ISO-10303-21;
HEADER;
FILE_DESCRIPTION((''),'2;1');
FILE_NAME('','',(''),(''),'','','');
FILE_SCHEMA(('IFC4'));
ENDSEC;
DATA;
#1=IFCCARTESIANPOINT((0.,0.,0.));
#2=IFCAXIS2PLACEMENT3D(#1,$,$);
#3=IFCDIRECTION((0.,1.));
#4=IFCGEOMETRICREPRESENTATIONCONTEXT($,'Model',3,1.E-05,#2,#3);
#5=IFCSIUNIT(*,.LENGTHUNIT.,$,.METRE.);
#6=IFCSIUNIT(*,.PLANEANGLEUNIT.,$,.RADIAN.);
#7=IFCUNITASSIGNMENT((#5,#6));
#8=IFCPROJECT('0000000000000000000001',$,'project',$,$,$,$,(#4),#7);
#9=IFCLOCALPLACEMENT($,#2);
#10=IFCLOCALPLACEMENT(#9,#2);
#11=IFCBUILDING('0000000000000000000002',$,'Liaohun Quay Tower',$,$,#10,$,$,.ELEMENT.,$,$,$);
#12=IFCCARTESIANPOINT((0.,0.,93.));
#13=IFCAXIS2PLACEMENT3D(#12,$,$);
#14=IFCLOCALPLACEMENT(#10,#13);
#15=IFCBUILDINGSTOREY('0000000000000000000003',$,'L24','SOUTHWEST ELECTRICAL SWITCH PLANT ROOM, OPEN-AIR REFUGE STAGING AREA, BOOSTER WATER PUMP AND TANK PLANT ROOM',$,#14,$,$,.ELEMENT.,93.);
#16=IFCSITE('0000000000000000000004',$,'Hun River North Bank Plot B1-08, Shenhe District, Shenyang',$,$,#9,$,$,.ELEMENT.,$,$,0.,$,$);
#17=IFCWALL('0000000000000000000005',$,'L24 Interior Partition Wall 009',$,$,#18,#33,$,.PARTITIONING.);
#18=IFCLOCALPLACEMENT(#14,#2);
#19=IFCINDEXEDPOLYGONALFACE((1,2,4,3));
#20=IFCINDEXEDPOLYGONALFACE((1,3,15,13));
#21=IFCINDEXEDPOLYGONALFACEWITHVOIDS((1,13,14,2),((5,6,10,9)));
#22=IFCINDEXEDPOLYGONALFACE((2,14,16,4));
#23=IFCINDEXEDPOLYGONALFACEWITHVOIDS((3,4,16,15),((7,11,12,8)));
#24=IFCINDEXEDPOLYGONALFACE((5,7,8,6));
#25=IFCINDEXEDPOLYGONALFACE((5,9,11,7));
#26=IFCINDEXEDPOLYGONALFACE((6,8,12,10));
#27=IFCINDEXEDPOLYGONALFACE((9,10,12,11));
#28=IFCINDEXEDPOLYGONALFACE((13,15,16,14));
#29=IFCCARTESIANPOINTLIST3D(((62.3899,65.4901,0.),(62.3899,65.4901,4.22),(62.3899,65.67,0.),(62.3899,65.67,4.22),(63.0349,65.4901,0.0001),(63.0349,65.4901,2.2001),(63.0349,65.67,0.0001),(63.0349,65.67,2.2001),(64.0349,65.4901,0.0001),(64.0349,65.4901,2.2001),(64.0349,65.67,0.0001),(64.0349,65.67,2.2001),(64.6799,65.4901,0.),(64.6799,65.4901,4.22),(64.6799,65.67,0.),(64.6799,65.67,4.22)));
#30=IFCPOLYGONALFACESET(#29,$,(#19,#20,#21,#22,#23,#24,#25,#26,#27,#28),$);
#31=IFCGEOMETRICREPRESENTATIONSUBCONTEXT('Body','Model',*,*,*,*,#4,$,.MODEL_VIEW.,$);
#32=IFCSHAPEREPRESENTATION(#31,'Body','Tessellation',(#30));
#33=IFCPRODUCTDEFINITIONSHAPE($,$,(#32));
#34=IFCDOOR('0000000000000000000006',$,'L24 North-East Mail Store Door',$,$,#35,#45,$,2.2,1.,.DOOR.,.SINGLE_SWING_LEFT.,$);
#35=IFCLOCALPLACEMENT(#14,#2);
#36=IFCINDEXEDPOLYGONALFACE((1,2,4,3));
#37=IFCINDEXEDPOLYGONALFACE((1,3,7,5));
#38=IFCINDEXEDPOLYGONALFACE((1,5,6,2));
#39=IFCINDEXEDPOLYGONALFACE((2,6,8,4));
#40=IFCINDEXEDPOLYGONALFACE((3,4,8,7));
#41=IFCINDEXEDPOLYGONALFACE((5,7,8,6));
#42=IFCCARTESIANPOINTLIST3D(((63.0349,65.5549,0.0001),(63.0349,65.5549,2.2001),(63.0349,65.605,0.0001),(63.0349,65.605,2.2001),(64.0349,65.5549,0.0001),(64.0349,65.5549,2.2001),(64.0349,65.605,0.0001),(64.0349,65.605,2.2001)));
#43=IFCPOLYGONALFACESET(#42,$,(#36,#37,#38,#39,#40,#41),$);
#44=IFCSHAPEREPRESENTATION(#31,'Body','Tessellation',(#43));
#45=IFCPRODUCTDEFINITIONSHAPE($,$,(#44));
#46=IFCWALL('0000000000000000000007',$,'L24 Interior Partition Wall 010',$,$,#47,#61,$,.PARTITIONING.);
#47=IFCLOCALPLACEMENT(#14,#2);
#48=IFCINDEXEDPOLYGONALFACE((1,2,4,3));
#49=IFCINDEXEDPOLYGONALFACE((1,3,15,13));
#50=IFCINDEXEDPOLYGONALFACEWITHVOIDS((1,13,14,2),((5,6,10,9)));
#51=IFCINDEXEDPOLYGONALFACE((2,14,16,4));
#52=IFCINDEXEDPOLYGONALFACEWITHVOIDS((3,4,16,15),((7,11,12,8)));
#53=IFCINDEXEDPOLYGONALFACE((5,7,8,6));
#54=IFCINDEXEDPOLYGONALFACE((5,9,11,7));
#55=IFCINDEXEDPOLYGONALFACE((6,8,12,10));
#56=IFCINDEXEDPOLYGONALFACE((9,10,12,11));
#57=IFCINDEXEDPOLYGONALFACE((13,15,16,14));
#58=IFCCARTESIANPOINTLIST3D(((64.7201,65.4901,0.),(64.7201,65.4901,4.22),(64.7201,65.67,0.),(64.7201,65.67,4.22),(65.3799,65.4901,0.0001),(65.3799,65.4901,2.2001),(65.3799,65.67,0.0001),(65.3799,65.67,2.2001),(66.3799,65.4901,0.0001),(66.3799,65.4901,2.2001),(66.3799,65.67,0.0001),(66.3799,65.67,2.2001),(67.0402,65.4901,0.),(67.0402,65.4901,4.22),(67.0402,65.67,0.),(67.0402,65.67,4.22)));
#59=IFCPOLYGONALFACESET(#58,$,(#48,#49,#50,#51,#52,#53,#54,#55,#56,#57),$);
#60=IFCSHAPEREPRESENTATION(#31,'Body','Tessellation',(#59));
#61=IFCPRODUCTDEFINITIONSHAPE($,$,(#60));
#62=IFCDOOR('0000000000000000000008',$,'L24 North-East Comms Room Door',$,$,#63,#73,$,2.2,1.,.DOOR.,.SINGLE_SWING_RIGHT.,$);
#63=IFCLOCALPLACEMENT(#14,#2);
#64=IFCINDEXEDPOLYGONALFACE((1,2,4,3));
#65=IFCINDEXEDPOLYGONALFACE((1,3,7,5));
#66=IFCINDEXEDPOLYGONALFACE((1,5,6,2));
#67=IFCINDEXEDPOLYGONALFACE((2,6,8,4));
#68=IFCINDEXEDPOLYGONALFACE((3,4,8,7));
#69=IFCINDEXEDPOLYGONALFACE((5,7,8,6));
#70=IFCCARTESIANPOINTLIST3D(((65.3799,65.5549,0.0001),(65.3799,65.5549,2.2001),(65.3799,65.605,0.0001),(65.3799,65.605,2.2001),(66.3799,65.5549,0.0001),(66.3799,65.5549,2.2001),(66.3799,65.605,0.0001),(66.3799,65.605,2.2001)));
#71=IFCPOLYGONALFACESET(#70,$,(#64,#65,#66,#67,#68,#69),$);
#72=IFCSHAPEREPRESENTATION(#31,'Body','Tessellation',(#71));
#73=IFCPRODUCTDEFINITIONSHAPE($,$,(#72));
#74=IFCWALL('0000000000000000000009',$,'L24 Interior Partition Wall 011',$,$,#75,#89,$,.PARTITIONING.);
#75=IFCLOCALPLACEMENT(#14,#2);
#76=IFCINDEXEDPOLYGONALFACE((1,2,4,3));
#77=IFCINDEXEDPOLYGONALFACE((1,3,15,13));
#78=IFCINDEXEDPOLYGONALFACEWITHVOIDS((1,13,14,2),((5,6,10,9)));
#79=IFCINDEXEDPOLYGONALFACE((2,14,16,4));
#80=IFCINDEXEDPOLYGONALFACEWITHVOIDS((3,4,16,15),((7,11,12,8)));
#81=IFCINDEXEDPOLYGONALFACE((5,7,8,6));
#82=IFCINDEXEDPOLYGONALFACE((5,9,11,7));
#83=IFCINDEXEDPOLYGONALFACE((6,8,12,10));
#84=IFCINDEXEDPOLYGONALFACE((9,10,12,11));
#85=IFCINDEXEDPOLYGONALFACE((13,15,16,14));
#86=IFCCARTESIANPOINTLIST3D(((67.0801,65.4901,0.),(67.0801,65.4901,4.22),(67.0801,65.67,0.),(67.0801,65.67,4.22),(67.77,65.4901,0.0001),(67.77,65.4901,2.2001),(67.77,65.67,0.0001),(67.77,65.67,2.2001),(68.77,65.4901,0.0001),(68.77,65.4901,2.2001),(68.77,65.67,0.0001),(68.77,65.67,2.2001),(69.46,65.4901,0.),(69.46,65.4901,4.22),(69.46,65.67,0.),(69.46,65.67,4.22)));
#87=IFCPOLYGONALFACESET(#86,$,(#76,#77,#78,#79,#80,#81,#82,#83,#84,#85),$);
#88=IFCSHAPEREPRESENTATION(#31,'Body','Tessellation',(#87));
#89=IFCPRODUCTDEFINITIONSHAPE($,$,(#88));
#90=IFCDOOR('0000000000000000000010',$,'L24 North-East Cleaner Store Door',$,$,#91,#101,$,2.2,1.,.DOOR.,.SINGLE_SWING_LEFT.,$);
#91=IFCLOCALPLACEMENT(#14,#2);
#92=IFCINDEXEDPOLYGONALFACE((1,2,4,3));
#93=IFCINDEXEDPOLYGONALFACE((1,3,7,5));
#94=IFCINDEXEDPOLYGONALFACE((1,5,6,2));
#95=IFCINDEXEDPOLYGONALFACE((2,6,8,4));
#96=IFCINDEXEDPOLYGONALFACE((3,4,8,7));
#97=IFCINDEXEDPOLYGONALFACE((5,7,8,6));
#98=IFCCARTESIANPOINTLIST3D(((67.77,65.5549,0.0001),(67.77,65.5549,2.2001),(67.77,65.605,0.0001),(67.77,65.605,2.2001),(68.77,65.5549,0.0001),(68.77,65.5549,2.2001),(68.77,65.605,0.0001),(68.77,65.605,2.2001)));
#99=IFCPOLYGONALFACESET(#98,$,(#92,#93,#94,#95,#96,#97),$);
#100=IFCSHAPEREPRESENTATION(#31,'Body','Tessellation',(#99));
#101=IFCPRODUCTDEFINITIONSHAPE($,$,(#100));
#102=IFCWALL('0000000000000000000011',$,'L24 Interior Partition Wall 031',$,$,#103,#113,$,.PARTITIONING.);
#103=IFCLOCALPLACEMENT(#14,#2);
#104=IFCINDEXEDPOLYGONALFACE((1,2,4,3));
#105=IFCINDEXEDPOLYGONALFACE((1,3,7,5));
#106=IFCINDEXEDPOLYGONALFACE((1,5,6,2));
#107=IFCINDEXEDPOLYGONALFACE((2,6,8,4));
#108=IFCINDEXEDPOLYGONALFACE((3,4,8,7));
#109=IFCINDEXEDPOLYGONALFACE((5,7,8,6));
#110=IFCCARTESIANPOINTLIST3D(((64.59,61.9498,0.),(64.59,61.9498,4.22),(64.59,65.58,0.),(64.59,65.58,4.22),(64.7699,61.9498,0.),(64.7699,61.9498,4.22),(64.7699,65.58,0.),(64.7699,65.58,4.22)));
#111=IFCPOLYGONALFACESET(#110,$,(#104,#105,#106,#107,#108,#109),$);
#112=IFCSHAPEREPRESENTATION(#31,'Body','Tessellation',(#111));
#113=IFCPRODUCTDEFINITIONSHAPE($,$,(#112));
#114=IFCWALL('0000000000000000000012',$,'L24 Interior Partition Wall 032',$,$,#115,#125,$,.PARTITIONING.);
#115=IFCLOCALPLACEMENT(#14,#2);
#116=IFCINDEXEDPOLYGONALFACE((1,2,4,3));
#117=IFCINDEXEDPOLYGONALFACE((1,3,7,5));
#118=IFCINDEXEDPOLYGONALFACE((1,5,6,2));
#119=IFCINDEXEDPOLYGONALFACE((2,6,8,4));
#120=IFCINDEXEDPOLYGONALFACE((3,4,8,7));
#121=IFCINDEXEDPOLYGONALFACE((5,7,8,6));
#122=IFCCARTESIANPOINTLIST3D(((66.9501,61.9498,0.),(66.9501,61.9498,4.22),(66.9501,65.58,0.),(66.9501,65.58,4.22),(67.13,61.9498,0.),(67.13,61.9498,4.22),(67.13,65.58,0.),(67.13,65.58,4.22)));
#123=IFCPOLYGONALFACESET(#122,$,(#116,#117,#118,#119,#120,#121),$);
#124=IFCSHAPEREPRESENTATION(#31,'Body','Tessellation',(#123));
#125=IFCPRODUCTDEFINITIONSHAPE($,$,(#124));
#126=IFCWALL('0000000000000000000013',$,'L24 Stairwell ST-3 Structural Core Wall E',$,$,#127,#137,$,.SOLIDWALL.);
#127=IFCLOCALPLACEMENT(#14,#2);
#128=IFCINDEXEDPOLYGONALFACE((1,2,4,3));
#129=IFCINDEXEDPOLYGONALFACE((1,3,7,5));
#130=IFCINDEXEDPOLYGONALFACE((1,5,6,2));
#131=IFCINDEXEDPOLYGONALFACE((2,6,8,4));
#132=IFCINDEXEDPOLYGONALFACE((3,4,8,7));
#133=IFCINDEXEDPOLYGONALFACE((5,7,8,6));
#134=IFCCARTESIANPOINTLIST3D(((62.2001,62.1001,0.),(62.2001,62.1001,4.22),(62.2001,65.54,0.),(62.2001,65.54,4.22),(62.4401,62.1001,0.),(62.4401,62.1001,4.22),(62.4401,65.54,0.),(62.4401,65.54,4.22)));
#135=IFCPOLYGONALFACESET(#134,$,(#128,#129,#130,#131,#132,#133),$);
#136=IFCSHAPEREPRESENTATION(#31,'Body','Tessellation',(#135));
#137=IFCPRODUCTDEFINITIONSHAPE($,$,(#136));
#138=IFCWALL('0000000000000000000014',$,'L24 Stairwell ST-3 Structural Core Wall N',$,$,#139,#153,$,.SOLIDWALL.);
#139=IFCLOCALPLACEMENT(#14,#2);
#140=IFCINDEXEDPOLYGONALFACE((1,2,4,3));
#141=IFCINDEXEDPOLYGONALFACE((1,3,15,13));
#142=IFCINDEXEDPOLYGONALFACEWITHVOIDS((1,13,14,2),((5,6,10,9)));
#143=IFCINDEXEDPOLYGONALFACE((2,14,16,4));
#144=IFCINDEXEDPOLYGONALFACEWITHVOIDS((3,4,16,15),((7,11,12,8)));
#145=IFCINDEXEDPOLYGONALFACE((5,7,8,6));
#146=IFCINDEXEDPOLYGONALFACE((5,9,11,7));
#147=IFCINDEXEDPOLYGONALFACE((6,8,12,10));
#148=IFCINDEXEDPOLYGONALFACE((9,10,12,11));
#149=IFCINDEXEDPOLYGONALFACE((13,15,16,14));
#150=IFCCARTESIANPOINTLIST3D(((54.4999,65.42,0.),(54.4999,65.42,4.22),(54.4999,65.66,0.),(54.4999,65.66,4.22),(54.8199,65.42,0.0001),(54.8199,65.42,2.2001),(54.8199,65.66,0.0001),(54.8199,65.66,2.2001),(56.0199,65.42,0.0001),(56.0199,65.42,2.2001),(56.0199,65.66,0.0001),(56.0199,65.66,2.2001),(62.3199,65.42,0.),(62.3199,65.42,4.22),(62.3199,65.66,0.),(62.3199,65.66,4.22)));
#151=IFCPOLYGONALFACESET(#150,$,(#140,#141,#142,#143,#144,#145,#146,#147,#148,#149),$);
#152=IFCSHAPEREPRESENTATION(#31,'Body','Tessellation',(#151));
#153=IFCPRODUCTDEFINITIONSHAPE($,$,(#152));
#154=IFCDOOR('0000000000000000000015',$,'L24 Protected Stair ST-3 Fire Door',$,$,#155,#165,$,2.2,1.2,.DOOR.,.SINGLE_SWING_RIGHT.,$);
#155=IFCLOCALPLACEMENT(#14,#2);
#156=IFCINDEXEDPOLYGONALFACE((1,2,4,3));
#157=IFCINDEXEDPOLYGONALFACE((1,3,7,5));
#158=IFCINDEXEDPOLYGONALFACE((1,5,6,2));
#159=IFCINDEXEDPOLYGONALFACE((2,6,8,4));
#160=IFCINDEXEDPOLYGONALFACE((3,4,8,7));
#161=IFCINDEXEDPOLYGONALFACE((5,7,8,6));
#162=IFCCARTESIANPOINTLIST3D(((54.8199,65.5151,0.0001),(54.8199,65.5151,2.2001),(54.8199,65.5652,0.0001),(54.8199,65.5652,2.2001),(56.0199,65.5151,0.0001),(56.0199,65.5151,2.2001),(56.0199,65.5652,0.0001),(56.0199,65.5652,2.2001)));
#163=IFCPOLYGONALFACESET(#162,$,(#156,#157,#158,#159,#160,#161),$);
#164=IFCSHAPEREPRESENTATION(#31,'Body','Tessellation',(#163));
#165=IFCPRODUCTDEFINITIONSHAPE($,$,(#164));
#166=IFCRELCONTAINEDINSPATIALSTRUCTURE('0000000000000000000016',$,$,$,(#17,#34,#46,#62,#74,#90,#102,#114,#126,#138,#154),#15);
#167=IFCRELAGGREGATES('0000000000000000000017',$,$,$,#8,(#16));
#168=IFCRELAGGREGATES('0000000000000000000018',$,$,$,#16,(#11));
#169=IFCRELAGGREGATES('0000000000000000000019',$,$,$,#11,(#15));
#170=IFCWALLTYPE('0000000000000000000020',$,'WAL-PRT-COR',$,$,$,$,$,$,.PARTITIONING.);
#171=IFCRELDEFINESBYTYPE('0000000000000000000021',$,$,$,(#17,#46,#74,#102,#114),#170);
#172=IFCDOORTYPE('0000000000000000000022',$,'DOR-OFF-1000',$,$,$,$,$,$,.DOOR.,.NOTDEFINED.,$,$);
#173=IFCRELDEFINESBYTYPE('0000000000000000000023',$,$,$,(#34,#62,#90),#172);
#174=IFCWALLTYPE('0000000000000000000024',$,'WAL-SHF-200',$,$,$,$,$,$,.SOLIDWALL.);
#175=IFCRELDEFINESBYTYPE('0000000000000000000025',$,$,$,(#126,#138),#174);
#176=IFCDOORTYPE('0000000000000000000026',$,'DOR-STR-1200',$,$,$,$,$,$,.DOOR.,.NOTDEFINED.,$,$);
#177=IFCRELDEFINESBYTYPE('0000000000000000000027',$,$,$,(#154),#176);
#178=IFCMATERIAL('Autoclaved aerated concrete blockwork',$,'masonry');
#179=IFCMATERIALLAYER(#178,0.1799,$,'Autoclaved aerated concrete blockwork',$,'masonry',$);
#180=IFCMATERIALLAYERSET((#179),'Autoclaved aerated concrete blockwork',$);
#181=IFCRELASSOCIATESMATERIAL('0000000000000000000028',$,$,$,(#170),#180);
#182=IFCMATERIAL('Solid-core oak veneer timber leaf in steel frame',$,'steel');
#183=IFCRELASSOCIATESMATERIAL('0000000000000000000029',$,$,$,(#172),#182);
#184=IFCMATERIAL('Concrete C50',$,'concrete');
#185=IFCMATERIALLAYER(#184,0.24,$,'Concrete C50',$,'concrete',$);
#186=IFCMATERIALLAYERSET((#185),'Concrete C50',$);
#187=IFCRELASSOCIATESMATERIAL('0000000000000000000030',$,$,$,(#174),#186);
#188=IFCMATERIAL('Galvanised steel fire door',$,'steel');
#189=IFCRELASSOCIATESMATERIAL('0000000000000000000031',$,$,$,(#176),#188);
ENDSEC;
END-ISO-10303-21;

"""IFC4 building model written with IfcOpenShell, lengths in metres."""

from ifc_helpers import new_model, si_unit, direction, frame, frame_2d, origin, place, context, subcontext, project, spatial, rectangle, extrude, source, transform, mapped, material, layer, layer_set, type_object, element, fill, save


model = new_model("IFC4")

# Units and contexts
model_context = context("Model", 3, precision=1e-05, world=origin(), true_north=direction((0.0, 1.0)))
body_context = subcontext(model_context, "Body", "Model", "MODEL_VIEW")
ifc_project = project(units=[si_unit("LENGTHUNIT", "METRE"), si_unit("PLANEANGLEUNIT", "RADIAN")], contexts=[model_context])

# Site, building, storey
site_placement = place(None, origin())
site = spatial("IfcSite", under=ifc_project, at=site_placement, Name="Hun River North Bank Plot B1-08, Shenhe District, Shenyang", CompositionType="ELEMENT", RefElevation=0.0)
building_placement = place(site_placement, origin())
building = spatial("IfcBuilding", under=site, at=building_placement, Name="Liaohun Quay Tower", CompositionType="ELEMENT")
storey_placement = place(building_placement, frame((0.0, 0.0, 93.0)))
storey = spatial("IfcBuildingStorey", under=building, at=storey_placement, Name="L24", Description="SOUTHWEST ELECTRICAL SWITCH PLANT ROOM, OPEN-AIR REFUGE STAGING AREA, BOOSTER WATER PUMP AND TANK PLANT ROOM", CompositionType="ELEMENT", Elevation=93.0)

# Walls, openings, doors
ifc_material_1 = material(Name="Autoclaved aerated concrete blockwork", Category="masonry")
ifc_layer_1 = layer(ifc_material_1, 0.1799, Name="Autoclaved aerated concrete blockwork", Category="masonry")
ifc_layer_set_1 = layer_set([ifc_layer_1], Name="Autoclaved aerated concrete blockwork")
wall_type_1 = type_object("IfcWallType", Name="WAL-PRT-COR", PredefinedType="PARTITIONING", material=ifc_layer_set_1)
wall_1_placement = place(storey_placement, frame((62.3899, 65.5801, 0.0), z_axis=(0.0, 0.0, 1.0), x_axis=(1.0, 0.0, 0.0)))
wall_1 = element("IfcWall", 1, at=wall_1_placement, inside=storey, type_object=wall_type_1, Name="L24 Interior Partition Wall 009", PredefinedType="PARTITIONING", context=body_context, shape_type="SweptSolid", body=[
    extrude(rectangle(XDim=2.29, YDim=0.1799, at=frame_2d((1.145, 0.0))), origin(), (0.0, 0.0, 1.0), 4.22),
])
shared_shape_1 = source(origin(), body_context, "Body", "SweptSolid", [
    extrude(rectangle(XDim=1.0, YDim=2.2, at=frame_2d((0.5, 1.1001))), frame((0.0, 0.0999, 0.0), z_axis=(0.0, -1.0, 0.0), x_axis=(1.0, 0.0, 0.0)), (0.0, 0.0, 1.0), 0.2),
])
opening_1_placement = place(wall_1_placement, frame((0.645, 0.0, 0.0)))
opening_1 = element("IfcOpeningElement", 2, at=opening_1_placement, cuts=wall_1, PredefinedType="OPENING", context=body_context, shape_type="MappedRepresentation", body=[
    mapped(shared_shape_1, transform((0.0, 0.0, 0.0), x_axis=(1.0, 0.0, 0.0), y_axis=(0.0, 1.0, 0.0), z_axis=(0.0, 0.0, 1.0), scale=1.0)),
])
ifc_material_2 = material(Name="Solid-core oak veneer timber leaf in steel frame", Category="steel")
door_type_1 = type_object("IfcDoorType", Name="DOR-OFF-1000", OperationType="NOTDEFINED", PredefinedType="DOOR", material=ifc_material_2)
shared_shape_2 = source(origin(), body_context, "Body", "SweptSolid", [
    extrude(rectangle(XDim=1.0, YDim=2.2, at=frame_2d((0.5, 1.1001))), frame((0.0, 0.0249, 0.0), z_axis=(0.0, -1.0, 0.0), x_axis=(1.0, 0.0, 0.0)), (0.0, 0.0, 1.0), 0.05),
])
door_1_placement = place(opening_1_placement, origin())
door_1 = element("IfcDoor", 3, at=door_1_placement, inside=storey, type_object=door_type_1, Name="L24 North-East Mail Store Door", OperationType="SINGLE_SWING_LEFT", OverallHeight=2.2, OverallWidth=1.0, PredefinedType="DOOR", context=body_context, shape_type="MappedRepresentation", body=[
    mapped(shared_shape_2, transform((0.0, 0.0, 0.0), x_axis=(1.0, 0.0, 0.0), y_axis=(0.0, 1.0, 0.0), z_axis=(0.0, 0.0, 1.0), scale=1.0)),
])
fill(opening_1, door_1)
wall_2_placement = place(storey_placement, frame((64.72, 65.5801, 0.0), z_axis=(0.0, 0.0, 1.0), x_axis=(1.0, 0.0, 0.0)))
wall_2 = element("IfcWall", 4, at=wall_2_placement, inside=storey, type_object=wall_type_1, Name="L24 Interior Partition Wall 010", PredefinedType="PARTITIONING", context=body_context, shape_type="SweptSolid", body=[
    extrude(rectangle(XDim=2.3201, YDim=0.1799, at=frame_2d((1.1602, 0.0))), origin(), (0.0, 0.0, 1.0), 4.22),
])
opening_2_placement = place(wall_2_placement, frame((0.6599, 0.0, 0.0)))
opening_2 = element("IfcOpeningElement", 5, at=opening_2_placement, cuts=wall_2, PredefinedType="OPENING", context=body_context, shape_type="MappedRepresentation", body=[
    mapped(shared_shape_1, transform((0.0, 0.0, 0.0), x_axis=(1.0, 0.0, 0.0), y_axis=(0.0, 1.0, 0.0), z_axis=(0.0, 0.0, 1.0), scale=1.0)),
])
door_2_placement = place(opening_2_placement, origin())
door_2 = element("IfcDoor", 6, at=door_2_placement, inside=storey, type_object=door_type_1, Name="L24 North-East Comms Room Door", OperationType="SINGLE_SWING_RIGHT", OverallHeight=2.2, OverallWidth=1.0, PredefinedType="DOOR", context=body_context, shape_type="MappedRepresentation", body=[
    mapped(shared_shape_2, transform((0.0, 0.0, 0.0), x_axis=(1.0, 0.0, 0.0), y_axis=(0.0, 1.0, 0.0), z_axis=(0.0, 0.0, 1.0), scale=1.0)),
])
fill(opening_2, door_2)
wall_3_placement = place(storey_placement, frame((67.0801, 65.5801, 0.0), z_axis=(0.0, 0.0, 1.0), x_axis=(1.0, 0.0, 0.0)))
wall_3 = element("IfcWall", 7, at=wall_3_placement, inside=storey, type_object=wall_type_1, Name="L24 Interior Partition Wall 011", PredefinedType="PARTITIONING", context=body_context, shape_type="SweptSolid", body=[
    extrude(rectangle(XDim=2.3799, YDim=0.1799, at=frame_2d((1.1899, 0.0))), origin(), (0.0, 0.0, 1.0), 4.22),
])
opening_3_placement = place(wall_3_placement, frame((0.6899, 0.0, 0.0)))
opening_3 = element("IfcOpeningElement", 8, at=opening_3_placement, cuts=wall_3, PredefinedType="OPENING", context=body_context, shape_type="MappedRepresentation", body=[
    mapped(shared_shape_1, transform((0.0, 0.0, 0.0), x_axis=(1.0, 0.0, 0.0), y_axis=(0.0, 1.0, 0.0), z_axis=(0.0, 0.0, 1.0), scale=1.0)),
])
door_3_placement = place(opening_3_placement, origin())
door_3 = element("IfcDoor", 9, at=door_3_placement, inside=storey, type_object=door_type_1, Name="L24 North-East Cleaner Store Door", OperationType="SINGLE_SWING_LEFT", OverallHeight=2.2, OverallWidth=1.0, PredefinedType="DOOR", context=body_context, shape_type="MappedRepresentation", body=[
    mapped(shared_shape_2, transform((0.0, 0.0, 0.0), x_axis=(1.0, 0.0, 0.0), y_axis=(0.0, 1.0, 0.0), z_axis=(0.0, 0.0, 1.0), scale=1.0)),
])
fill(opening_3, door_3)

# Walls
for number, where, z_axis, x_axis, name in (
    (10, (64.6799, 61.95, 0.0), (0.0, 0.0, 1.0), (0.0, 1.0, 0.0), "L24 Interior Partition Wall 031"),
    (11, (67.04, 61.95, 0.0), (0.0, 0.0, 1.0), (0.0, 1.0, 0.0), "L24 Interior Partition Wall 032"),
):
    element("IfcWall", number, at=place(storey_placement, frame(where, z_axis=z_axis, x_axis=x_axis)), inside=storey, type_object=wall_type_1, Name=name, PredefinedType="PARTITIONING", context=body_context, shape_type="SweptSolid", body=[
        extrude(rectangle(XDim=3.6301, YDim=0.1799, at=frame_2d((1.8149, 0.0))), origin(), (0.0, 0.0, 1.0), 4.22),
    ])
ifc_material_3 = material(Name="Concrete C50", Category="concrete")
ifc_layer_2 = layer(ifc_material_3, 0.24, Name="Concrete C50", Category="concrete")
ifc_layer_set_2 = layer_set([ifc_layer_2], Name="Concrete C50")
wall_type_2 = type_object("IfcWallType", Name="WAL-SHF-200", PredefinedType="SOLIDWALL", material=ifc_layer_set_2)
wall_4_placement = place(storey_placement, frame((62.3201, 62.1001, 0.0), z_axis=(0.0, 0.0, 1.0), x_axis=(0.0, 1.0, 0.0)))
element("IfcWall", 12, at=wall_4_placement, inside=storey, type_object=wall_type_2, Name="L24 Stairwell ST-3 Structural Core Wall E", PredefinedType="SOLIDWALL", context=body_context, shape_type="SweptSolid", body=[
    extrude(rectangle(XDim=3.4399, YDim=0.24, at=frame_2d((1.72, 0.0))), origin(), (0.0, 0.0, 1.0), 4.22),
])

# Wall, opening, door
wall_5_placement = place(storey_placement, frame((62.3201, 65.54, 0.0), z_axis=(0.0, 0.0, 1.0), x_axis=(-1.0, 0.0, 0.0)))
wall_5 = element("IfcWall", 13, at=wall_5_placement, inside=storey, type_object=wall_type_2, Name="L24 Stairwell ST-3 Structural Core Wall N", PredefinedType="SOLIDWALL", context=body_context, shape_type="SweptSolid", body=[
    extrude(rectangle(XDim=7.8201, YDim=0.24, at=frame_2d((3.9102, 0.0))), origin(), (0.0, 0.0, 1.0), 4.22),
])
shared_shape_3 = source(origin(), body_context, "Body", "SweptSolid", [
    extrude(rectangle(XDim=1.2, YDim=2.2, at=frame_2d((0.6001, 1.1001))), frame((0.0, 0.1299, 0.0), z_axis=(0.0, -1.0, 0.0), x_axis=(1.0, 0.0, 0.0)), (0.0, 0.0, 1.0), 0.26),
])
opening_4_placement = place(wall_5_placement, frame((6.3, 0.0, 0.0)))
opening_4 = element("IfcOpeningElement", 14, at=opening_4_placement, cuts=wall_5, PredefinedType="OPENING", context=body_context, shape_type="MappedRepresentation", body=[
    mapped(shared_shape_3, transform((0.0, 0.0, 0.0), x_axis=(1.0, 0.0, 0.0), y_axis=(0.0, 1.0, 0.0), z_axis=(0.0, 0.0, 1.0), scale=1.0)),
])
ifc_material_4 = material(Name="Galvanised steel fire door", Category="steel")
door_type_2 = type_object("IfcDoorType", Name="DOR-STR-1200", OperationType="NOTDEFINED", PredefinedType="DOOR", material=ifc_material_4)
shared_shape_4 = source(origin(), body_context, "Body", "SweptSolid", [
    extrude(rectangle(XDim=1.2, YDim=2.2, at=frame_2d((0.6001, 1.1001))), frame((0.0, 0.0249, 0.0), z_axis=(0.0, -1.0, 0.0), x_axis=(1.0, 0.0, 0.0)), (0.0, 0.0, 1.0), 0.05),
])
door_4_placement = place(opening_4_placement, origin())
door_4 = element("IfcDoor", 15, at=door_4_placement, inside=storey, type_object=door_type_2, Name="L24 Protected Stair ST-3 Fire Door", OperationType="SINGLE_SWING_RIGHT", OverallHeight=2.2, OverallWidth=1.2, PredefinedType="DOOR", context=body_context, shape_type="MappedRepresentation", body=[
    mapped(shared_shape_4, transform((0.0, 0.0, 0.0), x_axis=(1.0, 0.0, 0.0), y_axis=(0.0, 1.0, 0.0), z_axis=(0.0, 0.0, 1.0), scale=1.0)),
])
fill(opening_4, door_4)

save(model, "model.ifc")
